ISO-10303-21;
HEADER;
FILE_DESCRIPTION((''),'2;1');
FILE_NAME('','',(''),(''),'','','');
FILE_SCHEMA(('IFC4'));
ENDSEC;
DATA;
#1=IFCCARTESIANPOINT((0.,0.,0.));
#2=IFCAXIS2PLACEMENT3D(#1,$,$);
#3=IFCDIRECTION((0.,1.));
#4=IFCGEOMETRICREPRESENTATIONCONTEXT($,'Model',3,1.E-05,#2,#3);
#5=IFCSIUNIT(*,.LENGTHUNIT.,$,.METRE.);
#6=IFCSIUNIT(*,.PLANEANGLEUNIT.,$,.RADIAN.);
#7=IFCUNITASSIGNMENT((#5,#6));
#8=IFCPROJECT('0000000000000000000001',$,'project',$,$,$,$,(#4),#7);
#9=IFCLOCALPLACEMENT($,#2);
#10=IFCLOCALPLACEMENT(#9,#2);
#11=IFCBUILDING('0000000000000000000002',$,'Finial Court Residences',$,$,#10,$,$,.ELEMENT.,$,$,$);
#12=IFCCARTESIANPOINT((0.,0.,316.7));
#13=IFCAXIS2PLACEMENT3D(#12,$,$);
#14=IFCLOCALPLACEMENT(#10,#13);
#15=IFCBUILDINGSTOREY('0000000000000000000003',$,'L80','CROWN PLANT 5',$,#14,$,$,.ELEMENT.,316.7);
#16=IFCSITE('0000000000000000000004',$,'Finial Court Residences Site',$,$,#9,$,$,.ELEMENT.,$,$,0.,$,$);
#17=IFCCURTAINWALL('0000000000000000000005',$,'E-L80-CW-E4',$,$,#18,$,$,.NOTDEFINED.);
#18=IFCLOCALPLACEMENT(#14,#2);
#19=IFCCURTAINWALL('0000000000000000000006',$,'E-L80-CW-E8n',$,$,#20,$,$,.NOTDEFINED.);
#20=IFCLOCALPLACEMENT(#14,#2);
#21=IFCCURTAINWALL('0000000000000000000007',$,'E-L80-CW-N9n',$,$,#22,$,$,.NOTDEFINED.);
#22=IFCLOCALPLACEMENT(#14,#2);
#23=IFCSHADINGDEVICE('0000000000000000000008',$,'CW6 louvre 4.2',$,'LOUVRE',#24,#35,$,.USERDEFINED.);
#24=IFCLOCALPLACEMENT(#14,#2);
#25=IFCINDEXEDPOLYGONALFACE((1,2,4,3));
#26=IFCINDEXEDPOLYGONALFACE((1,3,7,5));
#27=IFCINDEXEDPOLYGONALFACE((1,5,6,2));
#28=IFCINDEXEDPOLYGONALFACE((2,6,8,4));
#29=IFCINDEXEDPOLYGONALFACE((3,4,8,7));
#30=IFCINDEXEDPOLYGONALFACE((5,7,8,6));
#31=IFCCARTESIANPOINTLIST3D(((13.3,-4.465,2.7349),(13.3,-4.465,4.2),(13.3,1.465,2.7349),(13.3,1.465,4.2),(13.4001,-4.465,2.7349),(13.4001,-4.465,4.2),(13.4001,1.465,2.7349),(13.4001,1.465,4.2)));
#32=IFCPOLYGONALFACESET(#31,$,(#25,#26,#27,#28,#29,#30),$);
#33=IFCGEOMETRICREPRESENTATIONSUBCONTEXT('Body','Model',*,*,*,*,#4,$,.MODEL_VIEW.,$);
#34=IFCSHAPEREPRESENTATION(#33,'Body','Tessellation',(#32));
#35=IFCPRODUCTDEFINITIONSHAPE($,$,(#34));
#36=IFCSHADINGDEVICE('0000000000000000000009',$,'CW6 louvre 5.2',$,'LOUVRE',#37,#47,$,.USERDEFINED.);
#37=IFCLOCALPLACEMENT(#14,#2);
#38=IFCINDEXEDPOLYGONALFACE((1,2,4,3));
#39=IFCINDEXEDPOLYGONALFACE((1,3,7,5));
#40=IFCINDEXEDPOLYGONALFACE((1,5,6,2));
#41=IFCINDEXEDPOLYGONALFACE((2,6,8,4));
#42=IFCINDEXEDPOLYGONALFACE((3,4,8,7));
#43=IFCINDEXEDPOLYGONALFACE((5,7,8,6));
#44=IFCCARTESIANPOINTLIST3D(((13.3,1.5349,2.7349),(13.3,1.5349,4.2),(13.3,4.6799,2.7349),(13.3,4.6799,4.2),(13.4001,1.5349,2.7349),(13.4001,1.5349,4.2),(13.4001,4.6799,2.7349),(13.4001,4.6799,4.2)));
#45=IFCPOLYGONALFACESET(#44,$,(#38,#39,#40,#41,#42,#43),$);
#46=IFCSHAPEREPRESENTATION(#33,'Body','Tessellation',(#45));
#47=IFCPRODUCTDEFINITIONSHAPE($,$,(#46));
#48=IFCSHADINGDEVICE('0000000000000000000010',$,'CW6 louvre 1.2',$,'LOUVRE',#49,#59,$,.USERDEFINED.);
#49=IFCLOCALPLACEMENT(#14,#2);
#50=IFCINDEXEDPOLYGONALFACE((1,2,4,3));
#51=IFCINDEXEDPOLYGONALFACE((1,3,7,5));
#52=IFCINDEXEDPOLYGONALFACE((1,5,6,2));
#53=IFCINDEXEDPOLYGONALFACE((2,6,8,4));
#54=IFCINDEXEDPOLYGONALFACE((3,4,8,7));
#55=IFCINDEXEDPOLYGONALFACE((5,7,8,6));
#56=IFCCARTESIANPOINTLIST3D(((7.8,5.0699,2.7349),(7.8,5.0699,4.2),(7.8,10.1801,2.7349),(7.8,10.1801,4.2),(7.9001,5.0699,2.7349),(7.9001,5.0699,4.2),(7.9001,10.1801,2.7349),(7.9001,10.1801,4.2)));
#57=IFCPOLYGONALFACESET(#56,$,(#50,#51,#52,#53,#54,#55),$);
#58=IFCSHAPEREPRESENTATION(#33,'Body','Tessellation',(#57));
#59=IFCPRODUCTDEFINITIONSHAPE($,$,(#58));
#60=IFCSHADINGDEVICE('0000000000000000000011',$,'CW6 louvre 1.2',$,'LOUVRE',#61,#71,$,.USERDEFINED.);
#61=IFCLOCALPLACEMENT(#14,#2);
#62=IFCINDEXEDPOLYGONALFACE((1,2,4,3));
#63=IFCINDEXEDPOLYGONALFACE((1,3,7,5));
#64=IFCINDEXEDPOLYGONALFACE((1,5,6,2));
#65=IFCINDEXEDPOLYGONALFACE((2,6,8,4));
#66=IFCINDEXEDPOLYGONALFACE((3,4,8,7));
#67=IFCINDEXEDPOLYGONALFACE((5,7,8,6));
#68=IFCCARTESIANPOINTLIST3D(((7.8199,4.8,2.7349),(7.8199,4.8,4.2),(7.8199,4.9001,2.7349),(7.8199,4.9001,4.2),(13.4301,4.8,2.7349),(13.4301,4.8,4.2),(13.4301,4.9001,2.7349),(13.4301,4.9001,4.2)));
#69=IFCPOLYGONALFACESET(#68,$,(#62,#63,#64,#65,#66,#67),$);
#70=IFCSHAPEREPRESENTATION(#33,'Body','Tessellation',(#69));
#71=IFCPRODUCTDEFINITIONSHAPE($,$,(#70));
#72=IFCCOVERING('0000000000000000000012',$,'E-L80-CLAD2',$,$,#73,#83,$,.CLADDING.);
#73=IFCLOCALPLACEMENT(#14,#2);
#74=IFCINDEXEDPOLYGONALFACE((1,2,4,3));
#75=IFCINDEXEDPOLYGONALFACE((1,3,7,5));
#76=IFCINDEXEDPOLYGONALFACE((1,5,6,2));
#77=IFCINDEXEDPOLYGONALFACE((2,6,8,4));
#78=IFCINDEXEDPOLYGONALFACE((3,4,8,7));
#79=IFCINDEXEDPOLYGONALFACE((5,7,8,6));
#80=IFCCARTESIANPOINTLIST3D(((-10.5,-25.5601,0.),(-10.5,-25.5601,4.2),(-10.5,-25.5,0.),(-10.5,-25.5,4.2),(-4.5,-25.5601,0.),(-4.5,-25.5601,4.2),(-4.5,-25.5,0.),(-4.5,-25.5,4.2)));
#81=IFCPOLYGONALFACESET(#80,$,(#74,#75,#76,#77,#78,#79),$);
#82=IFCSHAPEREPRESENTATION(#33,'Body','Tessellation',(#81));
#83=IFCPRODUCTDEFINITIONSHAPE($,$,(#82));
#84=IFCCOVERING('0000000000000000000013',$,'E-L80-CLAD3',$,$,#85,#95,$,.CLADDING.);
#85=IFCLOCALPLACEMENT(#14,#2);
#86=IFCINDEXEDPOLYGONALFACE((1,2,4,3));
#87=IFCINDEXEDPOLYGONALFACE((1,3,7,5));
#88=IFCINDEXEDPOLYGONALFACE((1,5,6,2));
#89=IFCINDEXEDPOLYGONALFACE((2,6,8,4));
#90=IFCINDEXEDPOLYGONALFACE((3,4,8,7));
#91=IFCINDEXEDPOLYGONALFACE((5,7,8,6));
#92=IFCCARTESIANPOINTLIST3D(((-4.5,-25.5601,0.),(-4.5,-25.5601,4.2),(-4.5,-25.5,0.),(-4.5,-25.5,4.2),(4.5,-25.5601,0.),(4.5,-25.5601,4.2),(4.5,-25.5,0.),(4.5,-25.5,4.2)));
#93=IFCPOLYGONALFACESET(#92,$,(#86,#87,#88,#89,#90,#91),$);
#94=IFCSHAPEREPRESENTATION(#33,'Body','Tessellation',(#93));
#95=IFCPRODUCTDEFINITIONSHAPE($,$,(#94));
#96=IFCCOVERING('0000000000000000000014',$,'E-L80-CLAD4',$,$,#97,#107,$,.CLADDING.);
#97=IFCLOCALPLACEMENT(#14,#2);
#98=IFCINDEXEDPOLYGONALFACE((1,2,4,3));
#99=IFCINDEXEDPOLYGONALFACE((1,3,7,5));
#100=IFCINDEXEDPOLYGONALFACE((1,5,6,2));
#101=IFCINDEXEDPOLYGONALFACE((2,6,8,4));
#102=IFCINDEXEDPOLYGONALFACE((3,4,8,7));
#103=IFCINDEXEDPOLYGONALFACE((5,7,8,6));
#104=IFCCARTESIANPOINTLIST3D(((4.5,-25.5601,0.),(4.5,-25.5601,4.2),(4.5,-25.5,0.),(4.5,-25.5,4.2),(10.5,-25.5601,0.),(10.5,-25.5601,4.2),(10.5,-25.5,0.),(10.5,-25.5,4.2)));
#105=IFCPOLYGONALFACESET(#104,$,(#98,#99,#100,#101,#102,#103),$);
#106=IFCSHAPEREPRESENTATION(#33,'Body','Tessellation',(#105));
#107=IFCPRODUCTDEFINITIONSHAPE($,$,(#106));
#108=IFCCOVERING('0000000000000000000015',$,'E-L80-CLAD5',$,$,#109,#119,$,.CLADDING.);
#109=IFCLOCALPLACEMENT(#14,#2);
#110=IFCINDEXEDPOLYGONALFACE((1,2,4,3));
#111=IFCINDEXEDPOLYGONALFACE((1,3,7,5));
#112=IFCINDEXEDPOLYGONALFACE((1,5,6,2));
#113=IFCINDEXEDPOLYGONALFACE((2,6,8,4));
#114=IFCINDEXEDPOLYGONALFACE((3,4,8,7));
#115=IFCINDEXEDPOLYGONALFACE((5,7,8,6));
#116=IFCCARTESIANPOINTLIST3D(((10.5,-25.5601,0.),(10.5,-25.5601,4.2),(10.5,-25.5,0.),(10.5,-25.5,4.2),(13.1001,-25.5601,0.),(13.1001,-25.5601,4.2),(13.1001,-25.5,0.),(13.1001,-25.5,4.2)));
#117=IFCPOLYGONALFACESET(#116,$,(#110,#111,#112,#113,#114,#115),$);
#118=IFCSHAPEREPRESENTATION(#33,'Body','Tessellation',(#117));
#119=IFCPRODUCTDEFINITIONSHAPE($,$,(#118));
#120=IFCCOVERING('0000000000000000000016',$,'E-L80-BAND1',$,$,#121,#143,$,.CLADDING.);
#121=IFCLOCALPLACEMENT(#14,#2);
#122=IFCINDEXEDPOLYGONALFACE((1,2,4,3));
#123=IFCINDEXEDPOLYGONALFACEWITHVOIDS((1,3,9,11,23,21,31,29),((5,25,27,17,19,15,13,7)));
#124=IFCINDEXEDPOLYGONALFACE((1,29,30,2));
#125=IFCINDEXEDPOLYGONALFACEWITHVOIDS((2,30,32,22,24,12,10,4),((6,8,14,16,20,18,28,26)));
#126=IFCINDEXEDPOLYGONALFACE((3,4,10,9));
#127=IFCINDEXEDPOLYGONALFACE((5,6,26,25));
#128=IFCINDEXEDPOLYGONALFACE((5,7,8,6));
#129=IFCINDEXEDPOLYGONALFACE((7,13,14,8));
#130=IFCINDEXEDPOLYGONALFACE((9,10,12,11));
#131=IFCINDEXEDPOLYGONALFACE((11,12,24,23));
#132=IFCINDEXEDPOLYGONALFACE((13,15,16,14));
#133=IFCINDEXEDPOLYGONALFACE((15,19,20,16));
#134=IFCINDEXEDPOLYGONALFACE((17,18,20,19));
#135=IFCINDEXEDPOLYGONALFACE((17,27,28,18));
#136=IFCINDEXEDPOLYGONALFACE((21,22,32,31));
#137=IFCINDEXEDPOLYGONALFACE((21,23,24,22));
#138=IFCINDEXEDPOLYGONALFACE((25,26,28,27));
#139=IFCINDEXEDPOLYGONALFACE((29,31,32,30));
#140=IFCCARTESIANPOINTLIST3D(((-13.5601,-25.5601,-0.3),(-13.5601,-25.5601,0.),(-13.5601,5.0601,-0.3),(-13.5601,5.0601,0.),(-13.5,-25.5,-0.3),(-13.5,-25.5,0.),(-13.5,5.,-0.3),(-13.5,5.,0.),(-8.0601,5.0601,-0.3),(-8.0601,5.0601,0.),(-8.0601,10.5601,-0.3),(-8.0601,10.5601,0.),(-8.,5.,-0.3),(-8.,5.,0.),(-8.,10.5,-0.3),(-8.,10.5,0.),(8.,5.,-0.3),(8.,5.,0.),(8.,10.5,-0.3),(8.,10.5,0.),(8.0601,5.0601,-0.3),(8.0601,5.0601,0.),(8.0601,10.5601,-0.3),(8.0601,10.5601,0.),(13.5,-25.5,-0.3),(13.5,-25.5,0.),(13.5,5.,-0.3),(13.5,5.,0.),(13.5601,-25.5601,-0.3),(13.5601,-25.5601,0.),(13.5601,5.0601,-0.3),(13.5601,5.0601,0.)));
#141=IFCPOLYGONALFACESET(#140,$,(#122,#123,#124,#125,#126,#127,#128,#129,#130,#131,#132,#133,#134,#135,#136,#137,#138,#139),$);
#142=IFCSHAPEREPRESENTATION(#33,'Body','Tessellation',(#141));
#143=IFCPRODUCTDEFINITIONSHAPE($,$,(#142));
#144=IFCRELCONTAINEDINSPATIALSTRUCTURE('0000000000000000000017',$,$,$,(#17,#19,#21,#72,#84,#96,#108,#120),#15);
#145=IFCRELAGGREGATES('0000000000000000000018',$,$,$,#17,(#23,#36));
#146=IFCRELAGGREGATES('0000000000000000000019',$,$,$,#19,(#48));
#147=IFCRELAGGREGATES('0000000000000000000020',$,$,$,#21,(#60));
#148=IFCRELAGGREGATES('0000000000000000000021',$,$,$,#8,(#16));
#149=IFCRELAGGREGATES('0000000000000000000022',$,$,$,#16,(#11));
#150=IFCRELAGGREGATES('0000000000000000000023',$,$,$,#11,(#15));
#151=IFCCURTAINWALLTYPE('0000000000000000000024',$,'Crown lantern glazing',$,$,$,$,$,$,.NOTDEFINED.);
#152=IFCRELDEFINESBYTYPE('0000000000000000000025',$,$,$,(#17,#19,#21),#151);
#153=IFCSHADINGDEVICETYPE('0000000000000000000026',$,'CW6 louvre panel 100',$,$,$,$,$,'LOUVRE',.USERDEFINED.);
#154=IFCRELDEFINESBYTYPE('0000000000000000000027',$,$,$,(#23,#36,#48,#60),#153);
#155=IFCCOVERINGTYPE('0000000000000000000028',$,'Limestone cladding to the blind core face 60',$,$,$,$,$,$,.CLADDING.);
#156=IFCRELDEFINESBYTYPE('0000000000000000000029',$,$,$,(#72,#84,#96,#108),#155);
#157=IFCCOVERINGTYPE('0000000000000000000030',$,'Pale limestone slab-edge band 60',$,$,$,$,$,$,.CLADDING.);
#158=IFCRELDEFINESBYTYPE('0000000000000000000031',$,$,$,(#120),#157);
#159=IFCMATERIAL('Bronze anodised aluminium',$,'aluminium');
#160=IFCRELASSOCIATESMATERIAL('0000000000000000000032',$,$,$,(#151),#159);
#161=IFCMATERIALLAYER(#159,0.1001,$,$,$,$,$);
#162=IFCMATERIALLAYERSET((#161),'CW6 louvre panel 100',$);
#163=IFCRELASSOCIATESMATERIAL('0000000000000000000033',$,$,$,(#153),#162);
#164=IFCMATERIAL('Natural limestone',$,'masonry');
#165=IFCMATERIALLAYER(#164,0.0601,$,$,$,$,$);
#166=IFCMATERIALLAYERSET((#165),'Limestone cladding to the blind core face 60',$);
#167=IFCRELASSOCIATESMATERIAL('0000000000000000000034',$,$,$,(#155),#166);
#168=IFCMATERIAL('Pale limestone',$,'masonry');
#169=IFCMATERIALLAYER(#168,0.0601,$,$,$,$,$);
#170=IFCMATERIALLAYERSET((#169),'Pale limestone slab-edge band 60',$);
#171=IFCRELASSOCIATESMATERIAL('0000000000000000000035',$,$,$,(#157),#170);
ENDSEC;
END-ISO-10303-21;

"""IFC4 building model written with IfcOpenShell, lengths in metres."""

from ifc_helpers import new_model, si_unit, direction, frame, origin, origin_2d, place, context, subcontext, project, spatial, polyline, rectangle, outline, extrude, material, layer, layer_set, type_object, element, aggregate, save


model = new_model("IFC4")

# Units and contexts
model_context = context("Model", 3, precision=1e-05, world=origin(), true_north=direction((0.0, 1.0)))
body_context = subcontext(model_context, "Body", "Model", "MODEL_VIEW")
ifc_project = project(units=[si_unit("LENGTHUNIT", "METRE"), si_unit("PLANEANGLEUNIT", "RADIAN")], contexts=[model_context])

# Site, building, storey
site_placement = place(None, origin())
site = spatial("IfcSite", under=ifc_project, at=site_placement, Name="Finial Court Residences Site", CompositionType="ELEMENT", RefElevation=0.0)
building_placement = place(site_placement, origin())
building = spatial("IfcBuilding", under=site, at=building_placement, Name="Finial Court Residences", CompositionType="ELEMENT")
storey_placement = place(building_placement, frame((0.0, 0.0, 316.7)))
storey = spatial("IfcBuildingStorey", under=building, at=storey_placement, Name="L80", Description="CROWN PLANT 5", CompositionType="ELEMENT", Elevation=316.7)

# Curtain walls
ifc_material_1 = material(Name="Bronze anodised aluminium", Category="aluminium")
curtain_wall_type = type_object("IfcCurtainWallType", Name="Crown lantern glazing", PredefinedType="NOTDEFINED", material=ifc_material_1)
curtain_wall_1_placement = place(storey_placement, origin())
curtain_wall_1 = element("IfcCurtainWall", 1, at=curtain_wall_1_placement, inside=storey, type_object=curtain_wall_type, Name="E-L80-CW-E4", PredefinedType="NOTDEFINED")
curtain_wall_2_placement = place(storey_placement, origin())
curtain_wall_2 = element("IfcCurtainWall", 2, at=curtain_wall_2_placement, inside=storey, type_object=curtain_wall_type, Name="E-L80-CW-E8n", PredefinedType="NOTDEFINED")
curtain_wall_3_placement = place(storey_placement, origin())
curtain_wall_3 = element("IfcCurtainWall", 3, at=curtain_wall_3_placement, inside=storey, type_object=curtain_wall_type, Name="E-L80-CW-N9n", PredefinedType="NOTDEFINED")

# Shading devices
ifc_layer_1 = layer(ifc_material_1, 0.1001)
ifc_layer_set_1 = layer_set([ifc_layer_1], Name="CW6 louvre panel 100")
shading_device_type = type_object("IfcShadingDeviceType", Name="CW6 louvre panel 100", ElementType="LOUVRE", PredefinedType="USERDEFINED", material=ifc_layer_set_1)
shading_device_1_placement = place(storey_placement, frame((13.3501, -1.5, 2.7349), z_axis=(0.0, 0.0, 1.0), x_axis=(0.0, 1.0, 0.0)))
shading_device_1 = element("IfcShadingDevice", 4, at=shading_device_1_placement, type_object=shading_device_type, Name="CW6 louvre 4.2", ObjectType="LOUVRE", PredefinedType="USERDEFINED", context=body_context, shape_type="SweptSolid", body=[
    extrude(rectangle(XDim=5.9299, YDim=0.1001, at=origin_2d()), origin(), (0.0, 0.0, 1.0), 1.4651),
])
shading_device_2_placement = place(storey_placement, frame((13.3501, 3.1074, 2.7349), z_axis=(0.0, 0.0, 1.0), x_axis=(0.0, 1.0, 0.0)))
shading_device_2 = element("IfcShadingDevice", 5, at=shading_device_2_placement, type_object=shading_device_type, Name="CW6 louvre 5.2", ObjectType="LOUVRE", PredefinedType="USERDEFINED", context=body_context, shape_type="SweptSolid", body=[
    extrude(rectangle(XDim=3.145, YDim=0.1001, at=origin_2d()), origin(), (0.0, 0.0, 1.0), 1.4651),
])
aggregate(curtain_wall_1, [shading_device_1, shading_device_2])
shading_device_3_placement = place(storey_placement, frame((7.8501, 7.625, 2.7349), z_axis=(0.0, 0.0, 1.0), x_axis=(0.0, 1.0, 0.0)))
shading_device_3 = element("IfcShadingDevice", 6, at=shading_device_3_placement, type_object=shading_device_type, Name="CW6 louvre 1.2", ObjectType="LOUVRE", PredefinedType="USERDEFINED", context=body_context, shape_type="SweptSolid", body=[
    extrude(rectangle(XDim=5.1101, YDim=0.1001, at=origin_2d()), origin(), (0.0, 0.0, 1.0), 1.4651),
])
aggregate(curtain_wall_2, [shading_device_3])
shading_device_4_placement = place(storey_placement, frame((10.625, 4.8501, 2.7349), z_axis=(0.0, 0.0, 1.0), x_axis=(1.0, 0.0, 0.0)))
shading_device_4 = element("IfcShadingDevice", 7, at=shading_device_4_placement, type_object=shading_device_type, Name="CW6 louvre 1.2", ObjectType="LOUVRE", PredefinedType="USERDEFINED", context=body_context, shape_type="SweptSolid", body=[
    extrude(rectangle(XDim=5.6101, YDim=0.1001, at=origin_2d()), origin(), (0.0, 0.0, 1.0), 1.4651),
])
aggregate(curtain_wall_3, [shading_device_4])

# Coverings
ifc_material_2 = material(Name="Natural limestone", Category="masonry")
ifc_layer_2 = layer(ifc_material_2, 0.0601)
ifc_layer_set_2 = layer_set([ifc_layer_2], Name="Limestone cladding to the blind core face 60")
covering_type_1 = type_object("IfcCoveringType", Name="Limestone cladding to the blind core face 60", PredefinedType="CLADDING", material=ifc_layer_set_2)
covering_1_placement = place(storey_placement, origin())
element("IfcCovering", 8, at=covering_1_placement, inside=storey, type_object=covering_type_1, Name="E-L80-CLAD2", PredefinedType="CLADDING", context=body_context, shape_type="SweptSolid", body=[
    extrude(outline(polyline([(-4.5, -25.5601), (-4.5, -25.5), (-10.5, -25.5), (-10.5, -25.5601), (-4.5, -25.5601)])), origin(), (0.0, 0.0, 1.0), 4.2),
])
covering_2_placement = place(storey_placement, origin())
element("IfcCovering", 9, at=covering_2_placement, inside=storey, type_object=covering_type_1, Name="E-L80-CLAD3", PredefinedType="CLADDING", context=body_context, shape_type="SweptSolid", body=[
    extrude(outline(polyline([(4.5, -25.5601), (4.5, -25.5), (-4.5, -25.5), (-4.5, -25.5601), (4.5, -25.5601)])), origin(), (0.0, 0.0, 1.0), 4.2),
])
covering_3_placement = place(storey_placement, origin())
element("IfcCovering", 10, at=covering_3_placement, inside=storey, type_object=covering_type_1, Name="E-L80-CLAD4", PredefinedType="CLADDING", context=body_context, shape_type="SweptSolid", body=[
    extrude(outline(polyline([(10.5, -25.5601), (10.5, -25.5), (4.5, -25.5), (4.5, -25.5601), (10.5, -25.5601)])), origin(), (0.0, 0.0, 1.0), 4.2),
])
covering_4_placement = place(storey_placement, origin())
element("IfcCovering", 11, at=covering_4_placement, inside=storey, type_object=covering_type_1, Name="E-L80-CLAD5", PredefinedType="CLADDING", context=body_context, shape_type="SweptSolid", body=[
    extrude(outline(polyline([(13.1001, -25.5601), (13.1001, -25.5), (10.5, -25.5), (10.5, -25.5601), (13.1001, -25.5601)])), origin(), (0.0, 0.0, 1.0), 4.2),
])
ifc_material_3 = material(Name="Pale limestone", Category="masonry")
ifc_layer_3 = layer(ifc_material_3, 0.0601)
ifc_layer_set_3 = layer_set([ifc_layer_3], Name="Pale limestone slab-edge band 60")
covering_type_2 = type_object("IfcCoveringType", Name="Pale limestone slab-edge band 60", PredefinedType="CLADDING", material=ifc_layer_set_3)
covering_5_placement = place(storey_placement, frame((0.0, 0.0, -0.3)))
element("IfcCovering", 12, at=covering_5_placement, inside=storey, type_object=covering_type_2, Name="E-L80-BAND1", PredefinedType="CLADDING", context=body_context, shape_type="SweptSolid", body=[
    extrude(outline(polyline([(-13.5601, -25.5601), (-13.5601, 5.0601), (-8.0601, 5.0601), (-8.0601, 10.5601), (8.0601, 10.5601), (8.0601, 5.0601), (13.5601, 5.0601), (13.5601, -25.5601), (-13.5601, -25.5601)]), holes=[polyline([(13.5, 5.0), (8.0, 5.0), (8.0, 10.5), (-8.0, 10.5), (-8.0, 5.0), (-13.5, 5.0), (-13.5, -25.5), (13.5, -25.5), (13.5, 5.0)])]), origin(), (0.0, 0.0, 1.0), 0.3),
])

save(model, "model.ifc")
